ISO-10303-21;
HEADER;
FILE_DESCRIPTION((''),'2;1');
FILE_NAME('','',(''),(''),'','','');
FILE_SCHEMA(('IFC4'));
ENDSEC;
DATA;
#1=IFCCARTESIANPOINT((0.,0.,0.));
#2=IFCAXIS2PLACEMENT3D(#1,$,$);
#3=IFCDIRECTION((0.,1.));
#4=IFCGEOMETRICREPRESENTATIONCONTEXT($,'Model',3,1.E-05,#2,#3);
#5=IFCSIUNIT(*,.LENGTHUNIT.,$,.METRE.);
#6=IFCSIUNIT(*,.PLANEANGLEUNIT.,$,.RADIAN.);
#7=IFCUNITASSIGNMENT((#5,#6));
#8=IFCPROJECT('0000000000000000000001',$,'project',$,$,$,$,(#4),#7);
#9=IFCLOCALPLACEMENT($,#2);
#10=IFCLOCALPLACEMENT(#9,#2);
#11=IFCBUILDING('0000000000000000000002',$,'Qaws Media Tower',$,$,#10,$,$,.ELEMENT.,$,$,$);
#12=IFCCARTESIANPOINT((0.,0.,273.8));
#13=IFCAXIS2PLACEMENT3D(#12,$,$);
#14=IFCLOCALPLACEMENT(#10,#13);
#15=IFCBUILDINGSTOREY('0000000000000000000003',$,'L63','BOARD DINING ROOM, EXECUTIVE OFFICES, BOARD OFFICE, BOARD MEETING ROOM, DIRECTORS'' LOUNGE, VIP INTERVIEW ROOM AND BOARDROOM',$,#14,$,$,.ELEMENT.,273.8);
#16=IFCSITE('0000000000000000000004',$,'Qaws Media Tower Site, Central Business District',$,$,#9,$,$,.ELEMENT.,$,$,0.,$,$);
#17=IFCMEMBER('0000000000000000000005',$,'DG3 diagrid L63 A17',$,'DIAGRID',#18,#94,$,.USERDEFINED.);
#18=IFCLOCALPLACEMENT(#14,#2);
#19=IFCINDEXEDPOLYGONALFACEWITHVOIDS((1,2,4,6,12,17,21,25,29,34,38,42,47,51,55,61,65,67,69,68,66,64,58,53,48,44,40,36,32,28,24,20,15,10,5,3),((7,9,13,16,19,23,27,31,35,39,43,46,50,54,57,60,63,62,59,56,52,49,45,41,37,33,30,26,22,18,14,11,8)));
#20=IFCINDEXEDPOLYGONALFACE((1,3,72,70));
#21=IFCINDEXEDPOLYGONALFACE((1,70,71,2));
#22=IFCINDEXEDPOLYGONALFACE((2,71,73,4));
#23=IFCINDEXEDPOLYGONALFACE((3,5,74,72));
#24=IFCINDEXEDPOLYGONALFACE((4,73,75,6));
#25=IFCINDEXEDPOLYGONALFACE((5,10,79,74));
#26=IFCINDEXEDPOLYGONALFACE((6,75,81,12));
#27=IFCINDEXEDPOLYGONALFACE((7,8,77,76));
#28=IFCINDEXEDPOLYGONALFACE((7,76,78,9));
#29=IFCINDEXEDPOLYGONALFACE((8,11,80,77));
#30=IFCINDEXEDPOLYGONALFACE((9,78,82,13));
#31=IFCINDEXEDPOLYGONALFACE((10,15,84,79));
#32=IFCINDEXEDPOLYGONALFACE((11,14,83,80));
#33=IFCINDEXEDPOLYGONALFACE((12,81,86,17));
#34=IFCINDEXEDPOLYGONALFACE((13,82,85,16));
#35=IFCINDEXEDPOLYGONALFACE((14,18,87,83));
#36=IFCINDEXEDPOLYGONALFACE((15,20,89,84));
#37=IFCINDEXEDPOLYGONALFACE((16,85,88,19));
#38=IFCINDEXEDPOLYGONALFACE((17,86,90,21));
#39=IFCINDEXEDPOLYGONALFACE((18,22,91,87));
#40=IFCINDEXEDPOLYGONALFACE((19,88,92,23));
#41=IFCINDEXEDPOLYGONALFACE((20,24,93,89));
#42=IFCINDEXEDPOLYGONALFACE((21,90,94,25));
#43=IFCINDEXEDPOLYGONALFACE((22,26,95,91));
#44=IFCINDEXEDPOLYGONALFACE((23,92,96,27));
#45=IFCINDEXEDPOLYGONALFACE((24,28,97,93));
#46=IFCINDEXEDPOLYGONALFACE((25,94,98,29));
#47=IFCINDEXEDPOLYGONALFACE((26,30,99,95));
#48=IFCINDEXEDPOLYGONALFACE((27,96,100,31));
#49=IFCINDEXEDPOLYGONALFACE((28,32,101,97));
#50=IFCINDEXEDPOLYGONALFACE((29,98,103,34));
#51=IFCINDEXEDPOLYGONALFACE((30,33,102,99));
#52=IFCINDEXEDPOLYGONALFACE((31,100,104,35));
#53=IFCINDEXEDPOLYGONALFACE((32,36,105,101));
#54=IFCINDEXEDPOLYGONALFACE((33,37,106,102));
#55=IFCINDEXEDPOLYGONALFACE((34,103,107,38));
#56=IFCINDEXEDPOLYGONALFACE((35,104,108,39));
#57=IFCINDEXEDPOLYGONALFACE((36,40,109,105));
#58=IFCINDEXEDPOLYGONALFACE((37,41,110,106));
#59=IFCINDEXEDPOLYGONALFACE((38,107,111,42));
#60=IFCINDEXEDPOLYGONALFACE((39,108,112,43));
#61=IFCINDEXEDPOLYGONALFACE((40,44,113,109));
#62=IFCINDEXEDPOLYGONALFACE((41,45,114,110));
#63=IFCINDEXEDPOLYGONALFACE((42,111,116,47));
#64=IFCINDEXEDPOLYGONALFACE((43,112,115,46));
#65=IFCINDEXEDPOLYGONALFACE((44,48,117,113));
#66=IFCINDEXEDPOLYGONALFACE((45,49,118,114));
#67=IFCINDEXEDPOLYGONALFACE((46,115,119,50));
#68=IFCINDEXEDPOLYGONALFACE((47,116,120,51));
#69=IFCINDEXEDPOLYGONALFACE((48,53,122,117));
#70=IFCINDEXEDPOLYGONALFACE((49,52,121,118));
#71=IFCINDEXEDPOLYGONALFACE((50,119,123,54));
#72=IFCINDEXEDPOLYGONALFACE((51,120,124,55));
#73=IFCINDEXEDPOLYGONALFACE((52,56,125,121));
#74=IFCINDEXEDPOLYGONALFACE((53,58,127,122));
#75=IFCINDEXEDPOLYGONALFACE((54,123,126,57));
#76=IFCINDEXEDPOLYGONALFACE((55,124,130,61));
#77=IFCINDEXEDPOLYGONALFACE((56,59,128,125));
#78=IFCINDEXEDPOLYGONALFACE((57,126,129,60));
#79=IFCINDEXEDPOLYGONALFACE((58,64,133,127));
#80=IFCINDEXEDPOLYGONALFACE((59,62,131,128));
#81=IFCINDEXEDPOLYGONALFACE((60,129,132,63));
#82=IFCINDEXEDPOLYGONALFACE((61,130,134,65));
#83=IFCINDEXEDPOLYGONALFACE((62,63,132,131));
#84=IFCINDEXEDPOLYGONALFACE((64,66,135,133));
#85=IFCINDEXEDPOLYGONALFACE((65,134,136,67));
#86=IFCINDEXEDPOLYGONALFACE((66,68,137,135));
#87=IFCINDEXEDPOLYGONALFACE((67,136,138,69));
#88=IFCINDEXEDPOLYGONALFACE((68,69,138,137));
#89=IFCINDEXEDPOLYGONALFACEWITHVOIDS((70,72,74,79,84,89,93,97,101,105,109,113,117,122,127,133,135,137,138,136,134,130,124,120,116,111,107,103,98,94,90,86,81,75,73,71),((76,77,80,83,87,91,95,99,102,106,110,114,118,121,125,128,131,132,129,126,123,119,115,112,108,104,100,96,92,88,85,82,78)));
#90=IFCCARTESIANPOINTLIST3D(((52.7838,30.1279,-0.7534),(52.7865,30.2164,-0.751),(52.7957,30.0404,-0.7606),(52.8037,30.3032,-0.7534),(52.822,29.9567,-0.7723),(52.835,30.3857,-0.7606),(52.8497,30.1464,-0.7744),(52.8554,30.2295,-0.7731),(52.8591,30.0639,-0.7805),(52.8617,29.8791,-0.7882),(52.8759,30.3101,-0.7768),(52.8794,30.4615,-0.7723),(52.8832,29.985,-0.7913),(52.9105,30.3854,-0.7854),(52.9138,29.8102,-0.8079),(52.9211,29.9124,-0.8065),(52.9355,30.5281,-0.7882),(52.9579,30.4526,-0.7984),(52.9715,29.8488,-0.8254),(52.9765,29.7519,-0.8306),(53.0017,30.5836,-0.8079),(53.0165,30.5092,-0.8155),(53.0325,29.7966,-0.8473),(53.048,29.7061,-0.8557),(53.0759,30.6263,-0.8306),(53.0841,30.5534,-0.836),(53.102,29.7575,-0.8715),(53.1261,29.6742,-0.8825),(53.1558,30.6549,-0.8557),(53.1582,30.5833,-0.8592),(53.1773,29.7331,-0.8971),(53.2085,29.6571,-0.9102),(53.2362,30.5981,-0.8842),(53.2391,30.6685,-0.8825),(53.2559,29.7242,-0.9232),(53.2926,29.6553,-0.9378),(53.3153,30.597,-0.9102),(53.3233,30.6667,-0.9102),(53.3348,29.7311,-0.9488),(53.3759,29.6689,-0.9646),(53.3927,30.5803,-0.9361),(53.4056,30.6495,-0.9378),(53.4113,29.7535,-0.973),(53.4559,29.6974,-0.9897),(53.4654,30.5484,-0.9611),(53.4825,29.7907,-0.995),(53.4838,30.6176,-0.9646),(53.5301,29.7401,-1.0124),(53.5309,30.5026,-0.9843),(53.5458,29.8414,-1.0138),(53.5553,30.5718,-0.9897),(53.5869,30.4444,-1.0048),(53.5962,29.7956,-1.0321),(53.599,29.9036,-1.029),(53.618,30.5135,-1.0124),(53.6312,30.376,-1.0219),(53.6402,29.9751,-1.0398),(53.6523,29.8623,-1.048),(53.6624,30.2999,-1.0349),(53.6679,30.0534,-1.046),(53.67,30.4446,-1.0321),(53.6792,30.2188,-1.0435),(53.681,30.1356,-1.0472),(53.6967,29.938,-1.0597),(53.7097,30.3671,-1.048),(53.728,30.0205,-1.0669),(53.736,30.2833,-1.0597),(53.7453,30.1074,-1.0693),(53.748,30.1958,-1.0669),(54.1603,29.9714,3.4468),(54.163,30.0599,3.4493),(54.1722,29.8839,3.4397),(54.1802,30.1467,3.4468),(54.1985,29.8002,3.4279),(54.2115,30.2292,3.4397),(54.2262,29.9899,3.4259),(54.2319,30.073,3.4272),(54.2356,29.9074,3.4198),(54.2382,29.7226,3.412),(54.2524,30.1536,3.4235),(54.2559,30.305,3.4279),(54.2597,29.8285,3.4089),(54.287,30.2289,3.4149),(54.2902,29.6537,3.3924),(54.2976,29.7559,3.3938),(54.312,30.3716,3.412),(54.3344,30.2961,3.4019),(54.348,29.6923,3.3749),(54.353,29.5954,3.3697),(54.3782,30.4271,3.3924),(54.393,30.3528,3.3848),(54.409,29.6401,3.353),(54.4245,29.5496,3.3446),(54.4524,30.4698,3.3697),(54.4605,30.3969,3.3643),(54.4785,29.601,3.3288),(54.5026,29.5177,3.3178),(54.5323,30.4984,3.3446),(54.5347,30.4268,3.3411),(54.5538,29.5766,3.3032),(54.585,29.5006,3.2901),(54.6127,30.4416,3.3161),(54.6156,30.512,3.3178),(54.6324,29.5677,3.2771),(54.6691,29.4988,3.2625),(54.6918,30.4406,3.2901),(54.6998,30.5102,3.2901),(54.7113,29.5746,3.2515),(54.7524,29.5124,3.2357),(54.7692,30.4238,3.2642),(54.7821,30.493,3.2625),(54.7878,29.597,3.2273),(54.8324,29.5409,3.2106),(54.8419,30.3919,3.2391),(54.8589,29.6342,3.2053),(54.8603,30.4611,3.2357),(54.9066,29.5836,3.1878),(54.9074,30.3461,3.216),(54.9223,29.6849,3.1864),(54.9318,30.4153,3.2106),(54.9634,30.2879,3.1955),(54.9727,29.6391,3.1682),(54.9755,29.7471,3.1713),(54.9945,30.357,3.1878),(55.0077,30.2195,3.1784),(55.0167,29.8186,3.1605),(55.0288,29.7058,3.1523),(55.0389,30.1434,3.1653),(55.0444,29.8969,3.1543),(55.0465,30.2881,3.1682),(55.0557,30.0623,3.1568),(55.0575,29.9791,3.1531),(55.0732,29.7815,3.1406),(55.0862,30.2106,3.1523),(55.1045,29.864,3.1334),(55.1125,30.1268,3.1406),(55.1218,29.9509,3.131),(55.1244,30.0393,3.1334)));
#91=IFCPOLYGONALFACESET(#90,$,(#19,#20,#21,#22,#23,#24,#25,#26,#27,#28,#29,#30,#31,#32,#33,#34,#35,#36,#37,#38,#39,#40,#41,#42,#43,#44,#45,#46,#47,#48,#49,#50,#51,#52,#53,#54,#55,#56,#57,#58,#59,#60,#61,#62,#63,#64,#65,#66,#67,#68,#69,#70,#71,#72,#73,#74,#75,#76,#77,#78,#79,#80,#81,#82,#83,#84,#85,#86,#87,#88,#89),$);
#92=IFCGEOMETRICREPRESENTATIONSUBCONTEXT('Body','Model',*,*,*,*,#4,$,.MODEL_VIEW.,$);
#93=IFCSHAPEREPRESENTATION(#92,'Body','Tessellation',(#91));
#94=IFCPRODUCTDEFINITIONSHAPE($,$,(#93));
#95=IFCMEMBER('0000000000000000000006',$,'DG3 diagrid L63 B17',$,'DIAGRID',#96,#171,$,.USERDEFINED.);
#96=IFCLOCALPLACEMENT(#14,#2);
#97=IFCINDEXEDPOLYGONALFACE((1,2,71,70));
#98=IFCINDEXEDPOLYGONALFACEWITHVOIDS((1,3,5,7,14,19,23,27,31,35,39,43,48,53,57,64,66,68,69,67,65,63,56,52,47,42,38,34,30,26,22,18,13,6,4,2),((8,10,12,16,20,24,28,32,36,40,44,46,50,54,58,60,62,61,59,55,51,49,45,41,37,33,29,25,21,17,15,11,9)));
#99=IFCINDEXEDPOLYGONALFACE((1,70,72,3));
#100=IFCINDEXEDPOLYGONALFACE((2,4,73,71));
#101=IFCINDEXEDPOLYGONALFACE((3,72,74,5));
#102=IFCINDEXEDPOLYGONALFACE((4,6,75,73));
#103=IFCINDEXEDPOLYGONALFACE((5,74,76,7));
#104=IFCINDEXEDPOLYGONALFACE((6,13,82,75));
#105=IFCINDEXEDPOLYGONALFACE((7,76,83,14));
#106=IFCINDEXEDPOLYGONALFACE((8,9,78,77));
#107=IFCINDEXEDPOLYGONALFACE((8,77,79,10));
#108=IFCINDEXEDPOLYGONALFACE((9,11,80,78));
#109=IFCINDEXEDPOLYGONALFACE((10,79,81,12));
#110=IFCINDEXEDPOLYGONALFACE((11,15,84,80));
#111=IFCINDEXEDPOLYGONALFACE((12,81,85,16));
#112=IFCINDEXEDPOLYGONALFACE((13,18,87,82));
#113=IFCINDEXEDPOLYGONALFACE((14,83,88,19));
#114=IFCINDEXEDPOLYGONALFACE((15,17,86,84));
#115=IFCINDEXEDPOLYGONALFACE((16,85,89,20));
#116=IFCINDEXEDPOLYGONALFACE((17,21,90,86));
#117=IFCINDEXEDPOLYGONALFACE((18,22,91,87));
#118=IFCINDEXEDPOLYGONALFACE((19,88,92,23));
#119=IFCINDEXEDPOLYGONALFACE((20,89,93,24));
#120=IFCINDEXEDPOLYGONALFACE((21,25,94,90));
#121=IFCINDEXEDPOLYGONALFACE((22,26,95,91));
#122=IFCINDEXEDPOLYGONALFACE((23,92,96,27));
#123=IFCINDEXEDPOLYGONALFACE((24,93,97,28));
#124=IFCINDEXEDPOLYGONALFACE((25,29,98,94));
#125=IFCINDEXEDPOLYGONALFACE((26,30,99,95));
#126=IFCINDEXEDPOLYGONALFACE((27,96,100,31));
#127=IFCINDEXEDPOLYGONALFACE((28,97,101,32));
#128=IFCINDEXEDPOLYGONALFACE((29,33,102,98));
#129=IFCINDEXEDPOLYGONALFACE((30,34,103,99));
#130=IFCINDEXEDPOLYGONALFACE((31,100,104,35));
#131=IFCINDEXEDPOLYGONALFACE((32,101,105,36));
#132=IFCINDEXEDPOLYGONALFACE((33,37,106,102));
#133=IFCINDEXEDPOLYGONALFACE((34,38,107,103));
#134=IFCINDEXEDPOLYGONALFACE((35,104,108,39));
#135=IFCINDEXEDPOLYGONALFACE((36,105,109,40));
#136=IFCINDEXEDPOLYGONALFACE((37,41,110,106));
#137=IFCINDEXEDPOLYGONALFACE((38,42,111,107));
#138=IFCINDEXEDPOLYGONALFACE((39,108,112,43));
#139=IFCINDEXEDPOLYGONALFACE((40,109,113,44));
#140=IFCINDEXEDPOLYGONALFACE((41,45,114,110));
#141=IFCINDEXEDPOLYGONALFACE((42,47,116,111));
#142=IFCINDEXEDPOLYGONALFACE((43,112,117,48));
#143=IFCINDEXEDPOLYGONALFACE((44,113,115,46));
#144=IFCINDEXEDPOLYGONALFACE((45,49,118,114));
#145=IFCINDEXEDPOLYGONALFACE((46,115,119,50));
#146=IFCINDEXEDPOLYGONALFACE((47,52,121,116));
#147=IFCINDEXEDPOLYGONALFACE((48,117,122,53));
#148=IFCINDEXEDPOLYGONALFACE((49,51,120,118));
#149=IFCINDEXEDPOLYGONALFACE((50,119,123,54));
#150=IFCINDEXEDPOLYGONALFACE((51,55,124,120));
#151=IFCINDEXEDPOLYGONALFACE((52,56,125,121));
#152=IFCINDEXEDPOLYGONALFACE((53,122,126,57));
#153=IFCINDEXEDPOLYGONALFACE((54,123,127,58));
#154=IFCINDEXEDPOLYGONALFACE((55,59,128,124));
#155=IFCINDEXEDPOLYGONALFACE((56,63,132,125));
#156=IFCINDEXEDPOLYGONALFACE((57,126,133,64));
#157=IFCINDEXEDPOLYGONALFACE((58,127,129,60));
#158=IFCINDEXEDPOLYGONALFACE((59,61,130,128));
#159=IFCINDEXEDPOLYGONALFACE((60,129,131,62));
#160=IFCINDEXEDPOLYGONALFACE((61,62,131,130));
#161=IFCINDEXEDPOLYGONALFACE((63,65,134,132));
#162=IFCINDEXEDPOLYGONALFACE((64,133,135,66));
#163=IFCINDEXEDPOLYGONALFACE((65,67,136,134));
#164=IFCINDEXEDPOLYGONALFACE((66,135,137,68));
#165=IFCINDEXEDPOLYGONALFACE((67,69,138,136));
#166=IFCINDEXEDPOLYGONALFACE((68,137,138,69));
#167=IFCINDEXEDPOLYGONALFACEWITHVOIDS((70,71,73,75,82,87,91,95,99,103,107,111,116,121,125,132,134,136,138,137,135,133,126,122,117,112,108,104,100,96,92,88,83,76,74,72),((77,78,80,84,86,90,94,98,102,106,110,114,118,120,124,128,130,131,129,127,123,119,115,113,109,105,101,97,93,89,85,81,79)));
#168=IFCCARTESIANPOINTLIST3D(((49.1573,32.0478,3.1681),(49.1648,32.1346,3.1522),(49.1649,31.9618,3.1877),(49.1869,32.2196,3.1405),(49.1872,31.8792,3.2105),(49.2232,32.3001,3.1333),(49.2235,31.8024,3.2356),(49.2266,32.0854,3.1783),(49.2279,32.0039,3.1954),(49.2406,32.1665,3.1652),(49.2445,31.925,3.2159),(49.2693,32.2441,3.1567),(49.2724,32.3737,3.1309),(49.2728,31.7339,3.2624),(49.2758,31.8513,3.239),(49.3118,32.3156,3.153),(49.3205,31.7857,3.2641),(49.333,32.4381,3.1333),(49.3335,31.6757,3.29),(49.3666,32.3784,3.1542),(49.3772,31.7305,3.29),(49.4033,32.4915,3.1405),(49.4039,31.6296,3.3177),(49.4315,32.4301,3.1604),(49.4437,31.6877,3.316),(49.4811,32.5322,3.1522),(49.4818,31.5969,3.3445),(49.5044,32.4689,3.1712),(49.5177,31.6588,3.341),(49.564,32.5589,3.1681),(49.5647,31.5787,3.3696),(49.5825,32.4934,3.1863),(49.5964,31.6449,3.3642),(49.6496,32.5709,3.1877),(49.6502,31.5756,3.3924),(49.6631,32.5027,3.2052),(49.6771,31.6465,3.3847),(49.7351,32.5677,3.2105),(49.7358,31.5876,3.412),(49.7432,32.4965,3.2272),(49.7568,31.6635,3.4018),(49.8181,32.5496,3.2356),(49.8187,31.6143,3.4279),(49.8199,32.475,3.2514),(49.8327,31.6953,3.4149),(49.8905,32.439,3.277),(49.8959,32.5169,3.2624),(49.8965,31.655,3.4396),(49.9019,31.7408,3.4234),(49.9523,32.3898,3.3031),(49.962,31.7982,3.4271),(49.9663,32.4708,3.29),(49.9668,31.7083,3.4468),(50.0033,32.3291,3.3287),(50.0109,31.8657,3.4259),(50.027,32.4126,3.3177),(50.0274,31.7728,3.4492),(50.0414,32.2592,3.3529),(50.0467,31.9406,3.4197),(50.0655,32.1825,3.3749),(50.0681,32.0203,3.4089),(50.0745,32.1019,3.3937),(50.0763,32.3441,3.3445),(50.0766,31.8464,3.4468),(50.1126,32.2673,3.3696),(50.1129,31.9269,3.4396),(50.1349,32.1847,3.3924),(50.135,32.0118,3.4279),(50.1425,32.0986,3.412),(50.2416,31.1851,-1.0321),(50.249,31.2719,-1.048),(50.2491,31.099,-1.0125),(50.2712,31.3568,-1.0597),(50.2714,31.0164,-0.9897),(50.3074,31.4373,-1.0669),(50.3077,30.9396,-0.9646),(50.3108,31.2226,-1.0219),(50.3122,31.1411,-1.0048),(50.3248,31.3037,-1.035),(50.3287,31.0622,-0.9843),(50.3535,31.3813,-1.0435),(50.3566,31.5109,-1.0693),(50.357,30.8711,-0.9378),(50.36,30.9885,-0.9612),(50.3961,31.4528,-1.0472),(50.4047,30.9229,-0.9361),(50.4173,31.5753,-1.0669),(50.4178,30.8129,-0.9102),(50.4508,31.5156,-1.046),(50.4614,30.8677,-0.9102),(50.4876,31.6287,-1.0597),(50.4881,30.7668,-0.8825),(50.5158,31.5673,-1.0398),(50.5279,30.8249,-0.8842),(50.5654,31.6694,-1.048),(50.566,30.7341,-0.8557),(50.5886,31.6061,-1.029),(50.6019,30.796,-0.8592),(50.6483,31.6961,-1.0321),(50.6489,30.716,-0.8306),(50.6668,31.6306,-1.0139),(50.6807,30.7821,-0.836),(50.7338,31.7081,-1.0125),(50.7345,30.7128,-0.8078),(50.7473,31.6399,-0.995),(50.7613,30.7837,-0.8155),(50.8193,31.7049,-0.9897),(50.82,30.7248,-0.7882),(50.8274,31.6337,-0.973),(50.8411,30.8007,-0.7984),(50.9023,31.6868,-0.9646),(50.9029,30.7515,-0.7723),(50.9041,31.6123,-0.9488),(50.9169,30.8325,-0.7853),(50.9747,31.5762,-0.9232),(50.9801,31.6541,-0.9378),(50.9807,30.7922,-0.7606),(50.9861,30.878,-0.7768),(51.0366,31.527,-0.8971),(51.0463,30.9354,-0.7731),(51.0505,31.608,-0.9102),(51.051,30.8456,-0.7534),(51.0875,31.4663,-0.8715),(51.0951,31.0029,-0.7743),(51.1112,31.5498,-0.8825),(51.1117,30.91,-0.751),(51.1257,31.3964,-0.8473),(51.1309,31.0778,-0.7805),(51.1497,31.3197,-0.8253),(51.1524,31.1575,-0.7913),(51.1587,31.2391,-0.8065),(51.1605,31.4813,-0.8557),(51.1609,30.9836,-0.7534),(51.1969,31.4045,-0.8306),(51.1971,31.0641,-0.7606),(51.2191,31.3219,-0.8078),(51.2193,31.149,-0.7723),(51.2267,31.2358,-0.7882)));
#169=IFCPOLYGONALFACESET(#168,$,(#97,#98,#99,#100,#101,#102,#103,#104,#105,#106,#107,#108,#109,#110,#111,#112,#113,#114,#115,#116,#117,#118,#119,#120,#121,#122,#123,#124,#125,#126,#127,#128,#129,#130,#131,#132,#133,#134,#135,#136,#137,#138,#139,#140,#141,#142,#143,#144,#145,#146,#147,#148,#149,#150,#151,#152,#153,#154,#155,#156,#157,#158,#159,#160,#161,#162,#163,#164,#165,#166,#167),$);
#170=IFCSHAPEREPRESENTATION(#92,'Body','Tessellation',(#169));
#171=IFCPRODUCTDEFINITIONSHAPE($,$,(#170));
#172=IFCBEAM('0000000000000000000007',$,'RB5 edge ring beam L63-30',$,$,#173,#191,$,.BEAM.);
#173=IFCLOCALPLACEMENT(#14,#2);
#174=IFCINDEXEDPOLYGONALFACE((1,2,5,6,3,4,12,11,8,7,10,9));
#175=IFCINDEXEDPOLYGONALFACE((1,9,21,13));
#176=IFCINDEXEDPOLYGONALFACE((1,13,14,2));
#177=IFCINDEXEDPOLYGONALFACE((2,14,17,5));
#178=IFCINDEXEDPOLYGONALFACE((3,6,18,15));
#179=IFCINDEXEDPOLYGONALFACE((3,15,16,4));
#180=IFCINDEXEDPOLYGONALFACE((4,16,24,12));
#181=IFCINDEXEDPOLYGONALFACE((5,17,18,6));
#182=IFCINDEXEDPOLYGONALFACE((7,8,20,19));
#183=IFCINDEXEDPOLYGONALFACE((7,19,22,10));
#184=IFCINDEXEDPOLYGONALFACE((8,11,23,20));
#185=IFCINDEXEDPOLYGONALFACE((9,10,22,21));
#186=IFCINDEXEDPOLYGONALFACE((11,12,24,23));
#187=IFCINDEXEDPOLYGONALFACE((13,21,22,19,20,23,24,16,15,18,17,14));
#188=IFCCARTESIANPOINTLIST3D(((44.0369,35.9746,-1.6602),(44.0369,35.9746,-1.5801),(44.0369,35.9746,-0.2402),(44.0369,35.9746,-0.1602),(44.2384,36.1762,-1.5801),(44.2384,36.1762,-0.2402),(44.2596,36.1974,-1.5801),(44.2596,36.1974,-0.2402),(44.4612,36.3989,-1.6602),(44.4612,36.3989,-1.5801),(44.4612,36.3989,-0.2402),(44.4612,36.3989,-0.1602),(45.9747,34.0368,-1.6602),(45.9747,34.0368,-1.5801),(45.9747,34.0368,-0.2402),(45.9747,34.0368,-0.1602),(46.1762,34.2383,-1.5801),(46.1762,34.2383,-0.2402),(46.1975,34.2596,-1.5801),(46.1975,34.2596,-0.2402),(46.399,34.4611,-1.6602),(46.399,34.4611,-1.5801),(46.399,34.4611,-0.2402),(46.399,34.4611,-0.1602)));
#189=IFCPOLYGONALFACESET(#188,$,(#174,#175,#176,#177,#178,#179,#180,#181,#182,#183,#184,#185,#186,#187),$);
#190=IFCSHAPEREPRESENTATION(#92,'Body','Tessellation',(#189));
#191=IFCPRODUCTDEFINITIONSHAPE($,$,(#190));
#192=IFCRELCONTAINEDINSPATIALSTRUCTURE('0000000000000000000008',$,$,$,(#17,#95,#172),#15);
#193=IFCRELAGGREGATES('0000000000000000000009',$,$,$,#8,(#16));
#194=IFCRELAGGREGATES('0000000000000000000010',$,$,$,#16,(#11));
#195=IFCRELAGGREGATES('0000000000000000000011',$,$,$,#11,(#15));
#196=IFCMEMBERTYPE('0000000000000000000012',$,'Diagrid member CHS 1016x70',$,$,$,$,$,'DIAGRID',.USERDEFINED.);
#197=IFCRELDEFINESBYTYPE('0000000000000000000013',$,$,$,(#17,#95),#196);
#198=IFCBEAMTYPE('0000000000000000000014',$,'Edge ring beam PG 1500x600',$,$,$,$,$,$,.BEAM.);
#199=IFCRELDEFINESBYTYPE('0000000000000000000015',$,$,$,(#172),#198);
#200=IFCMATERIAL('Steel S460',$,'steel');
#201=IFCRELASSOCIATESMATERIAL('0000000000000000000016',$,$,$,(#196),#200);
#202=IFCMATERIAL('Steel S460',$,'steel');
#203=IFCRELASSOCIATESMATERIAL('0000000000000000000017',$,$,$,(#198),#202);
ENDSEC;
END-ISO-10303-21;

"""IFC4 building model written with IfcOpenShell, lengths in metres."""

from ifc_helpers import new_model, si_unit, direction, frame, origin, origin_2d, place, context, subcontext, project, spatial, hollow_circle, i_section, extrude, material, material_profile, profile_set, type_object, element, save


model = new_model("IFC4")

# Units and contexts
model_context = context("Model", 3, precision=1e-05, world=origin(), true_north=direction((0.0, 1.0)))
body_context = subcontext(model_context, "Body", "Model", "MODEL_VIEW")
ifc_project = project(units=[si_unit("LENGTHUNIT", "METRE"), si_unit("PLANEANGLEUNIT", "RADIAN")], contexts=[model_context])

# Site, building, storey
site_placement = place(None, origin())
site = spatial("IfcSite", under=ifc_project, at=site_placement, Name="Qaws Media Tower Site, Central Business District", CompositionType="ELEMENT", RefElevation=0.0)
building_placement = place(site_placement, origin())
building = spatial("IfcBuilding", under=site, at=building_placement, Name="Qaws Media Tower", CompositionType="ELEMENT")
storey_placement = place(building_placement, frame((0.0, 0.0, 273.8)))
storey = spatial("IfcBuildingStorey", under=building, at=storey_placement, Name="L63", Description="BOARD DINING ROOM, EXECUTIVE OFFICES, BOARD OFFICE, BOARD MEETING ROOM, DIRECTORS' LOUNGE, VIP INTERVIEW ROOM AND BOARDROOM", CompositionType="ELEMENT", Elevation=273.8)

# Members
ifc_material_1 = material(Name="Steel S460", Category="steel")
ifc_material_profile_1 = material_profile(ifc_material_1, hollow_circle(Radius=0.5081, WallThickness=0.0701, at=origin_2d()), Name="CHS 1016x70")
ifc_profile_set_1 = profile_set([ifc_material_profile_1], Name="Steel S460")
member_type_1 = type_object("IfcMemberType", Name="Diagrid member CHS 1016x70", ElementType="DIAGRID", PredefinedType="USERDEFINED", material=ifc_profile_set_1)
for number, where, z_axis, x_axis, name in (
    (1, (53.2659, 30.1619, -0.9102), (0.311223, -0.035384, 0.949678), (0.112965, 0.993599, 0.0), "DG3 diagrid L63 A17"),
    (2, (50.7341, 31.2104, -0.9102), (-0.245142, 0.195076, 0.949658), (-0.622673, -0.782482, 0.0), "DG3 diagrid L63 B17"),
):
    element("IfcMember", number, at=place(storey_placement, frame(where, z_axis=z_axis, x_axis=x_axis)), inside=storey, type_object=member_type_1, Name=name, ObjectType="DIAGRID", PredefinedType="USERDEFINED", context=body_context, shape_type="SweptSolid", body=[
        extrude(hollow_circle(Radius=0.5081, WallThickness=0.0701, at=origin_2d()), origin(), (0.0, 0.0, 1.0), 4.4229),
    ])

# Beam
ifc_material_2 = material(Name="Steel S460", Category="steel")
ifc_material_profile_2 = material_profile(ifc_material_2, i_section(OverallWidth=0.6001, OverallDepth=1.5, WebThickness=0.03, FlangeThickness=0.0801, at=origin_2d()), Name="PG 1500x600")
ifc_profile_set_2 = profile_set([ifc_material_profile_2], Name="Steel S460")
beam_type = type_object("IfcBeamType", Name="Edge ring beam PG 1500x600", PredefinedType="BEAM", material=ifc_profile_set_2)
beam_1_placement = place(storey_placement, frame((44.249, 36.1868, -0.9102), z_axis=(0.707107, -0.707107, 0.0), x_axis=(0.707107, 0.707107, 0.0)))
element("IfcBeam", 3, at=beam_1_placement, inside=storey, type_object=beam_type, Name="RB5 edge ring beam L63-30", PredefinedType="BEAM", context=body_context, shape_type="SweptSolid", body=[
    extrude(i_section(OverallWidth=0.6001, OverallDepth=1.5, WebThickness=0.03, FlangeThickness=0.0801, at=origin_2d()), origin(), (0.0, 0.0, 1.0), 2.7405),
])

save(model, "model.ifc")
